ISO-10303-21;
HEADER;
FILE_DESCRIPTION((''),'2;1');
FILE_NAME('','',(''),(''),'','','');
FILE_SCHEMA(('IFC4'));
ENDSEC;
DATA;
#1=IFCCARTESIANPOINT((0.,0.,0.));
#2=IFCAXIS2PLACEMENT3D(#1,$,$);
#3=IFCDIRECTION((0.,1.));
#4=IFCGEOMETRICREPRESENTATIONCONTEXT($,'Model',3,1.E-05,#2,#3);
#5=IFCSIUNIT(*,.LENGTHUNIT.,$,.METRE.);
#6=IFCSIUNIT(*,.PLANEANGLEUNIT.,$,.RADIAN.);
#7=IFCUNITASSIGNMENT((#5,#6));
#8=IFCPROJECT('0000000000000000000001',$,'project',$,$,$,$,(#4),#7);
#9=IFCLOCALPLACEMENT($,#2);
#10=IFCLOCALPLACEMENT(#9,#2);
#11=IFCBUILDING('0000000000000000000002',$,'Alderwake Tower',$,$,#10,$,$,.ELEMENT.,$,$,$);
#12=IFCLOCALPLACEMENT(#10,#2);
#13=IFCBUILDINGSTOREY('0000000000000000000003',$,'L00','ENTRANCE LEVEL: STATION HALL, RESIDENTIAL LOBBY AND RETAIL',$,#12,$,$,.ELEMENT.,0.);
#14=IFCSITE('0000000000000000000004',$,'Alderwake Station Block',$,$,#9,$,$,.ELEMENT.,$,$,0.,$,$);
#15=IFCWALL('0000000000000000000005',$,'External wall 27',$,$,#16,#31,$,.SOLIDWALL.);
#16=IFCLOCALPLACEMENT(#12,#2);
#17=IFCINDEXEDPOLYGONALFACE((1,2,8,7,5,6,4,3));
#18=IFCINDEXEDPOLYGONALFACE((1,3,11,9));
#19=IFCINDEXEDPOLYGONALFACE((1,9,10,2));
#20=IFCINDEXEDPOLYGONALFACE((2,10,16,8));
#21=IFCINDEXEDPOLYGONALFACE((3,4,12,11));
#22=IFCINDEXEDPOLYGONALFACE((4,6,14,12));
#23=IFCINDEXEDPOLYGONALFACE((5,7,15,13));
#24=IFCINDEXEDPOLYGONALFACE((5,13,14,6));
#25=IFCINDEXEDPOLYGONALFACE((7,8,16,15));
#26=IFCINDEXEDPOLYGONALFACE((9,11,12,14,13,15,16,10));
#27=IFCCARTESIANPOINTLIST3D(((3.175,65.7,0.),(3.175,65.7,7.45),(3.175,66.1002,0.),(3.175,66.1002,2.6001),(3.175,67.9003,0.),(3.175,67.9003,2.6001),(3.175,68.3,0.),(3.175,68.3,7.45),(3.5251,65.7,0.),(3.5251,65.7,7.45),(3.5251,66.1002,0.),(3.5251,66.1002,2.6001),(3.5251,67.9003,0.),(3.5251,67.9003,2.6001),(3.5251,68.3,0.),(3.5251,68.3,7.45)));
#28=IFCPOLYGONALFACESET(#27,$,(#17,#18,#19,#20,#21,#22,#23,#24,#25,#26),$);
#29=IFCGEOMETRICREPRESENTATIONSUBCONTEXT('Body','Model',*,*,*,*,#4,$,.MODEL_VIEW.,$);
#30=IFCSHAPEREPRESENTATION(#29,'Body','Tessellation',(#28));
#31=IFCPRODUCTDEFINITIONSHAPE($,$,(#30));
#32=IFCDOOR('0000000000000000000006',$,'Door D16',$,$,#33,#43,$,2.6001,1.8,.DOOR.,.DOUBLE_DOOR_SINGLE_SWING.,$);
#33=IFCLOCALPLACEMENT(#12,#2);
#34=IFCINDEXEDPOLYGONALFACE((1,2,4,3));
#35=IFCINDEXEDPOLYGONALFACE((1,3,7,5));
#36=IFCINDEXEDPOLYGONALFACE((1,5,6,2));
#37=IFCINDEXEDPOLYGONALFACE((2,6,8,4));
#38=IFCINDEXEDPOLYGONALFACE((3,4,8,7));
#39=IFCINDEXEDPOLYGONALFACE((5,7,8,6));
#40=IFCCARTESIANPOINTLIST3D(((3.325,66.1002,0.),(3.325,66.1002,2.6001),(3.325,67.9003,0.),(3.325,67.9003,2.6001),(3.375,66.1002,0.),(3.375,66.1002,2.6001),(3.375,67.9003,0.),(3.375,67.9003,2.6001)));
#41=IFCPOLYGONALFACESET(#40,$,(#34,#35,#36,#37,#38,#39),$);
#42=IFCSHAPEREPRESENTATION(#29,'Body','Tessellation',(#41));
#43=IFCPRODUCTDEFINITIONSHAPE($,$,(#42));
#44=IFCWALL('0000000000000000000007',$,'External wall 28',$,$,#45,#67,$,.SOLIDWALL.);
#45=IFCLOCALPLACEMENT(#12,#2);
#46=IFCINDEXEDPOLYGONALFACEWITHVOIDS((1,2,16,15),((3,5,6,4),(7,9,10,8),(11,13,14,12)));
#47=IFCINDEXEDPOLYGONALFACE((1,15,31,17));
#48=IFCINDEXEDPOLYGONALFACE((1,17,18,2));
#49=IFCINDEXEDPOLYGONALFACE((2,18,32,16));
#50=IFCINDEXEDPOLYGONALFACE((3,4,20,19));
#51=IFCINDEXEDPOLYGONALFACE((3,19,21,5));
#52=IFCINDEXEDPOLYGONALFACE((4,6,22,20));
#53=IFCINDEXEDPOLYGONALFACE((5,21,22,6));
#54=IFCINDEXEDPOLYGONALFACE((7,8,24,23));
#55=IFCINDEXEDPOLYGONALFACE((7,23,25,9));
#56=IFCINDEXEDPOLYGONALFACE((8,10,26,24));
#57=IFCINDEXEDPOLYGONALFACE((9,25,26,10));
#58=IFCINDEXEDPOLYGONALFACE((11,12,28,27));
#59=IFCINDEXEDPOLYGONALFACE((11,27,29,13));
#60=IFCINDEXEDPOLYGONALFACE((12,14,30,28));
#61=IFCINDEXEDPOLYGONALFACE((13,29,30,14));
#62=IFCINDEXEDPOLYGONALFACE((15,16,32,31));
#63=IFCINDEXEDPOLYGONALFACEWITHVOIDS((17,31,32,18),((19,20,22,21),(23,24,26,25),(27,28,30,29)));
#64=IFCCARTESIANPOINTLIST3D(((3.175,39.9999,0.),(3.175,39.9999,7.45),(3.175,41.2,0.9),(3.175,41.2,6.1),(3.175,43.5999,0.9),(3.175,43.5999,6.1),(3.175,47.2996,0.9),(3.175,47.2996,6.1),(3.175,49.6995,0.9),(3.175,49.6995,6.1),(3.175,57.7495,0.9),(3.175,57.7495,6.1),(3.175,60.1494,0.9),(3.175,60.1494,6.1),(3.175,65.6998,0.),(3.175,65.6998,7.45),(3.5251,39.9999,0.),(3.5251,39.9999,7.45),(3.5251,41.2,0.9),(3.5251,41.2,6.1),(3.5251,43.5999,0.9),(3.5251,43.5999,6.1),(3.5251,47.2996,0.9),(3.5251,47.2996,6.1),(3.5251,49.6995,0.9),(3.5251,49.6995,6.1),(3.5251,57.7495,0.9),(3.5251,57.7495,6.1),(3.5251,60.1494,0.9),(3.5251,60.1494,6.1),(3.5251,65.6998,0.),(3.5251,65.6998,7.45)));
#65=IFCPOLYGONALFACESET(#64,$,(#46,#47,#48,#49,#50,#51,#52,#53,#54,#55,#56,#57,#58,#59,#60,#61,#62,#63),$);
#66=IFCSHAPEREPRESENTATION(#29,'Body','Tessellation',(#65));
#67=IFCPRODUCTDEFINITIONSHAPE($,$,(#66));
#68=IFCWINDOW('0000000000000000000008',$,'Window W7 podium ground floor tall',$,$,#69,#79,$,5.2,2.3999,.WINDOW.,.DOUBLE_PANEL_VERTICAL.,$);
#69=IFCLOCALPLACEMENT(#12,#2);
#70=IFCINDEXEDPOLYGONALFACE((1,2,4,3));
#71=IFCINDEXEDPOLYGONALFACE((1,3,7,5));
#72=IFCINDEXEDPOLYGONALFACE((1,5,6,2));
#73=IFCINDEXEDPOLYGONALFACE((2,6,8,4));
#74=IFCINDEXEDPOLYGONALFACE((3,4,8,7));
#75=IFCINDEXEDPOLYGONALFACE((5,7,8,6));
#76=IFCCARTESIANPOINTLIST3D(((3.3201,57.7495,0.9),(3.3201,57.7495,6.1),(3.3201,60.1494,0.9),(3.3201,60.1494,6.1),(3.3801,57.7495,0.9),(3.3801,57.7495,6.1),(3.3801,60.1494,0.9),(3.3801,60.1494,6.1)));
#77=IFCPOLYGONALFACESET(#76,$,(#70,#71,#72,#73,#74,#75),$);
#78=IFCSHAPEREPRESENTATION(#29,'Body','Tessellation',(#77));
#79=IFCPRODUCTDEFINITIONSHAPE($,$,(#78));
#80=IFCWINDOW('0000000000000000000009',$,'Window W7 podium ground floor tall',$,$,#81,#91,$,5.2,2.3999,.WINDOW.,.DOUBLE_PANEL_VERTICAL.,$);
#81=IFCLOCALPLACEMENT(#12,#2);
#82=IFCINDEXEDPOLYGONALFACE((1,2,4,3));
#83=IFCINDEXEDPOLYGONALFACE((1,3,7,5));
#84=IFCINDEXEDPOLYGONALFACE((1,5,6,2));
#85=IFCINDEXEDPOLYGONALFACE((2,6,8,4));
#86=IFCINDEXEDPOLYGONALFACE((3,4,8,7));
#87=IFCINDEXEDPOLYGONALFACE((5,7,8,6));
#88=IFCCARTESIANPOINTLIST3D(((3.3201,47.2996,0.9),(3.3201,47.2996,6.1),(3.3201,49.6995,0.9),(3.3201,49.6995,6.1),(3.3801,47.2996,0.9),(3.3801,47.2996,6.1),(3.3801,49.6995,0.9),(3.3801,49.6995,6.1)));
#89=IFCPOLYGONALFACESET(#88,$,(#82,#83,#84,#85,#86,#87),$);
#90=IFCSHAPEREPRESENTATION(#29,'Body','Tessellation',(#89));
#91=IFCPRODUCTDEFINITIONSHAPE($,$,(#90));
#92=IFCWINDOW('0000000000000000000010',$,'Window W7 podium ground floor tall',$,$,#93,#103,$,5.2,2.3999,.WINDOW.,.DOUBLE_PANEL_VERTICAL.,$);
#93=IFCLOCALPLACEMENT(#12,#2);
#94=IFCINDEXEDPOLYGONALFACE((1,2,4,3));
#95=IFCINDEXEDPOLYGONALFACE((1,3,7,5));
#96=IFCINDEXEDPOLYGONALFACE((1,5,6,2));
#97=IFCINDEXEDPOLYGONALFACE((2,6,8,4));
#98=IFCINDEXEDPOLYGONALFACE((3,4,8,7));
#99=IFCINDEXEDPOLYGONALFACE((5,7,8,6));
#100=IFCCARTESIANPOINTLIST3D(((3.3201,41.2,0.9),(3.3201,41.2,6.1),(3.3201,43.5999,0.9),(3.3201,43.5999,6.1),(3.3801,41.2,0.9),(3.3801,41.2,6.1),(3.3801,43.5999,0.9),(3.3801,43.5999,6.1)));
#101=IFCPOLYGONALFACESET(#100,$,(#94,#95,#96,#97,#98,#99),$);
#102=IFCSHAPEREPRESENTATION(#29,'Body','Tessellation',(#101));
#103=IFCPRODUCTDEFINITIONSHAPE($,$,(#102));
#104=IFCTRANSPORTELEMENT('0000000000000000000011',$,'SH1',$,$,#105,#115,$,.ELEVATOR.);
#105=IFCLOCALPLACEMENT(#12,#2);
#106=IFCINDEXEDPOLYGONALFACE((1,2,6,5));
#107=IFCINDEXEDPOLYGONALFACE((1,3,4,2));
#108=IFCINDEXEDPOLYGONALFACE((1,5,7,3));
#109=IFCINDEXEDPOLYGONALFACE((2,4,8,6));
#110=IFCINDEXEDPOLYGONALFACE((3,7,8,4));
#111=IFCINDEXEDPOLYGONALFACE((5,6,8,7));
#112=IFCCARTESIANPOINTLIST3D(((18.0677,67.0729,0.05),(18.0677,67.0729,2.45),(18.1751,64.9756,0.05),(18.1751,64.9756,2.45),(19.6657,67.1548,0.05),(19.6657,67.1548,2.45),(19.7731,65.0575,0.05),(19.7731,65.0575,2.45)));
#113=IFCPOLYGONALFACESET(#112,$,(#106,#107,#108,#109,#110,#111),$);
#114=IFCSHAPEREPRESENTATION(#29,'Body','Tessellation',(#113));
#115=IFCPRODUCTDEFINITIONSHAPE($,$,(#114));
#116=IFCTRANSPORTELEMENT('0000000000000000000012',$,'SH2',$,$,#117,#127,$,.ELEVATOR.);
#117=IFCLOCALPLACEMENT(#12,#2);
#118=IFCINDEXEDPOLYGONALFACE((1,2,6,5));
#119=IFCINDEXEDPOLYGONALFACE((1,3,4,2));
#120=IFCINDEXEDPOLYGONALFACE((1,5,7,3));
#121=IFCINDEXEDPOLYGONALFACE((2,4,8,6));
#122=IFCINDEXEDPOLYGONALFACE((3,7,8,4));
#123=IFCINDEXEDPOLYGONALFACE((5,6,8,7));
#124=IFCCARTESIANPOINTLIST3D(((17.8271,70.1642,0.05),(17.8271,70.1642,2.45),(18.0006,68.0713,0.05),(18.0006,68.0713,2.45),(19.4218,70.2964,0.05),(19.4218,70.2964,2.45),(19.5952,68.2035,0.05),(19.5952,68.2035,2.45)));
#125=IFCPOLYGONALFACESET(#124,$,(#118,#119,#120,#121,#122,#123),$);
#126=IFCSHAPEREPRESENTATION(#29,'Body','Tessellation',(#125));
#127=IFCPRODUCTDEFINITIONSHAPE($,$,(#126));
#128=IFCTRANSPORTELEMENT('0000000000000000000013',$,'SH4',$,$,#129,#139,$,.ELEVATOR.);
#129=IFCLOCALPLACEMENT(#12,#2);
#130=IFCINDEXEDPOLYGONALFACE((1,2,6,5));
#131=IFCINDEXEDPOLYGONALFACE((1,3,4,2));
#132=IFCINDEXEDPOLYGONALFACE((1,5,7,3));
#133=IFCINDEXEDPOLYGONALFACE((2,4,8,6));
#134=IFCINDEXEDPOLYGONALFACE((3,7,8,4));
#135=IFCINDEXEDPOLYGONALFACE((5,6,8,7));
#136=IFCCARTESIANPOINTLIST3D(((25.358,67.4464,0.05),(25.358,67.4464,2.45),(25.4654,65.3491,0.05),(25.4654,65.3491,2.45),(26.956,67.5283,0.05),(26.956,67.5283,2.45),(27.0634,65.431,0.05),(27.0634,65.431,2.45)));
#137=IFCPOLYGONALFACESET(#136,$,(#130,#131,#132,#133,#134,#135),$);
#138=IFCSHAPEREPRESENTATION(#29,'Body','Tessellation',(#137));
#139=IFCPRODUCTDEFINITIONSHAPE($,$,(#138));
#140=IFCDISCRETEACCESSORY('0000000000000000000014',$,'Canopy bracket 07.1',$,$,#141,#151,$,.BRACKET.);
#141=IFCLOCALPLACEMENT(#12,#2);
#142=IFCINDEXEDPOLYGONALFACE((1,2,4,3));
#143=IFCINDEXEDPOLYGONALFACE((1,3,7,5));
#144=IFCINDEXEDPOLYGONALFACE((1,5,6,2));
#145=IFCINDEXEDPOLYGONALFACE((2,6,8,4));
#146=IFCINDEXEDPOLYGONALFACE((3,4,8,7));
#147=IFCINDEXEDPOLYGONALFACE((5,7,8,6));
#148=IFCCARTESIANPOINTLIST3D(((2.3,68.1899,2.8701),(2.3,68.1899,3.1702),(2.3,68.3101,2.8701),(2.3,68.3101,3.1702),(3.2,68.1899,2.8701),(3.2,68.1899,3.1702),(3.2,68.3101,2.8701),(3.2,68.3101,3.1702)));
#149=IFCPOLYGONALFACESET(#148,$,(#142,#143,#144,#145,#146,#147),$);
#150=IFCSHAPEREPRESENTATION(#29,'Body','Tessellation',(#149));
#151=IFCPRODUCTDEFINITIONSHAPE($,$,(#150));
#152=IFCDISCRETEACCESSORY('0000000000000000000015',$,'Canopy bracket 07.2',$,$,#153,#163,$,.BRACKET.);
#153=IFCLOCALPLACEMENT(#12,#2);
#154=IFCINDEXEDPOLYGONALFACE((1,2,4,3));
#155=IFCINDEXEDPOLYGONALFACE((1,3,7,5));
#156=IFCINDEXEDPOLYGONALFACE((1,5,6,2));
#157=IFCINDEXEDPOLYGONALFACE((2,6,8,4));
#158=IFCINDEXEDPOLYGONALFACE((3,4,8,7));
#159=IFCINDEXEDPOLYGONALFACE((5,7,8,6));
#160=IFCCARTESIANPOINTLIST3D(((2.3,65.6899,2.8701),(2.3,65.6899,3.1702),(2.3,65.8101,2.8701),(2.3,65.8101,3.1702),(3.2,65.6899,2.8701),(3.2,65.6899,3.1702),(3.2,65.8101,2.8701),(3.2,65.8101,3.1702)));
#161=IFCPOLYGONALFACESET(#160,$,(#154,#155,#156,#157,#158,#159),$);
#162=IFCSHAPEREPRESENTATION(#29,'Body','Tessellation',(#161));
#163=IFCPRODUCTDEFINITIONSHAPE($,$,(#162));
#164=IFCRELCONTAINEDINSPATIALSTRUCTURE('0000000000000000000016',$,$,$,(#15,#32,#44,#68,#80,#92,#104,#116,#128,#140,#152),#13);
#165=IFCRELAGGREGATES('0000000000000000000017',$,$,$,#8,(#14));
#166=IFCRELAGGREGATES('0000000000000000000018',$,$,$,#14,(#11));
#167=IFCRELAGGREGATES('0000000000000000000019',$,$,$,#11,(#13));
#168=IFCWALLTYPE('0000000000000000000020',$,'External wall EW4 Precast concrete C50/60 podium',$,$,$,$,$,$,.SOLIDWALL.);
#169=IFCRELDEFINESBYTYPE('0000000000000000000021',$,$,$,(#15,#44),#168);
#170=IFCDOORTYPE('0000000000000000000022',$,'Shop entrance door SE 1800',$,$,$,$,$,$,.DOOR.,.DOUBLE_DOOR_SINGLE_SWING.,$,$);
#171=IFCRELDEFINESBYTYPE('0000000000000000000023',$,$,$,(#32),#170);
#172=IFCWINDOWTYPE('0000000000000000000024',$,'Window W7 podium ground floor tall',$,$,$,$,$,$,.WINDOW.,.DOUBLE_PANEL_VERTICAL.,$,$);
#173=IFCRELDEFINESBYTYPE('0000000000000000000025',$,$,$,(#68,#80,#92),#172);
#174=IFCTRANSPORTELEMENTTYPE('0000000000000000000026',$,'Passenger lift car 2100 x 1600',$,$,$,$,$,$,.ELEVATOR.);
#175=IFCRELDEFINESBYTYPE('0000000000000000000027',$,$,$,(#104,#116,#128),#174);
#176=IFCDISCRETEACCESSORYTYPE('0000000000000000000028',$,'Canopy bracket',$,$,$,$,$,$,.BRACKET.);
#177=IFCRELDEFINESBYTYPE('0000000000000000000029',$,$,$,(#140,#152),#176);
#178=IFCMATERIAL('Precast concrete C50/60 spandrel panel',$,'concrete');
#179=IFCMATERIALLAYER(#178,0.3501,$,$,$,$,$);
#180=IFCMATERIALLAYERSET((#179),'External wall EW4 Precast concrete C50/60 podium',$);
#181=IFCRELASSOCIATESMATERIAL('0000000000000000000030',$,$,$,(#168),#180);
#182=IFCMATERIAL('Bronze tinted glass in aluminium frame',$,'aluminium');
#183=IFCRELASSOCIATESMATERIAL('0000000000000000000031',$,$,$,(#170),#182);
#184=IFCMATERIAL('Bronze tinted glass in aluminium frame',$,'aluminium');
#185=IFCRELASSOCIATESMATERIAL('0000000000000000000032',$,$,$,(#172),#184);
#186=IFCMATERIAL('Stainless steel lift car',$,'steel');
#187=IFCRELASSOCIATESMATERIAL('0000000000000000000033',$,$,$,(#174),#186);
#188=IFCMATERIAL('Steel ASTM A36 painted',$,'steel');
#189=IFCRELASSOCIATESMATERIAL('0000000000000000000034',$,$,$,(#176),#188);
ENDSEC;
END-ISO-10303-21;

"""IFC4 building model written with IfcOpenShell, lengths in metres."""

from ifc_helpers import new_model, si_unit, direction, frame, frame_2d, origin, origin_2d, place, context, subcontext, project, spatial, rectangle, extrude, material, layer, layer_set, type_object, element, fill, save


model = new_model("IFC4")

# Units and contexts
model_context = context("Model", 3, precision=1e-05, world=origin(), true_north=direction((0.0, 1.0)))
body_context = subcontext(model_context, "Body", "Model", "MODEL_VIEW")
ifc_project = project(units=[si_unit("LENGTHUNIT", "METRE"), si_unit("PLANEANGLEUNIT", "RADIAN")], contexts=[model_context])

# Site, building, storey
site_placement = place(None, origin())
site = spatial("IfcSite", under=ifc_project, at=site_placement, Name="Alderwake Station Block", CompositionType="ELEMENT", RefElevation=0.0)
building_placement = place(site_placement, origin())
building = spatial("IfcBuilding", under=site, at=building_placement, Name="Alderwake Tower", CompositionType="ELEMENT")
storey_placement = place(building_placement, origin())
storey = spatial("IfcBuildingStorey", under=building, at=storey_placement, Name="L00", Description="ENTRANCE LEVEL: STATION HALL, RESIDENTIAL LOBBY AND RETAIL", CompositionType="ELEMENT", Elevation=0.0)

# Wall, opening, door
ifc_material_1 = material(Name="Precast concrete C50/60 spandrel panel", Category="concrete")
ifc_layer_1 = layer(ifc_material_1, 0.3501)
ifc_layer_set_1 = layer_set([ifc_layer_1], Name="External wall EW4 Precast concrete C50/60 podium")
wall_type_1 = type_object("IfcWallType", Name="External wall EW4 Precast concrete C50/60 podium", PredefinedType="SOLIDWALL", material=ifc_layer_set_1)
wall_1_placement = place(storey_placement, frame((3.3501, 68.3, 0.0), z_axis=(0.0, 0.0, 1.0), x_axis=(0.0, -1.0, 0.0)))
wall_1 = element("IfcWall", 1, at=wall_1_placement, inside=storey, type_object=wall_type_1, Name="External wall 27", PredefinedType="SOLIDWALL", context=body_context, shape_type="SweptSolid", body=[
    extrude(rectangle(XDim=2.6001, YDim=0.3501, at=frame_2d((1.3, 0.0))), origin(), (0.0, 0.0, 1.0), 7.45),
])
opening_1_placement = place(wall_1_placement, frame((0.3999, 0.0, 0.0)))
opening_1 = element("IfcOpeningElement", 2, at=opening_1_placement, cuts=wall_1, PredefinedType="OPENING", context=body_context, shape_type="SweptSolid", body=[
    extrude(rectangle(XDim=1.8, YDim=2.6001, at=frame_2d((0.8999, 1.3))), frame((0.0, 0.1851, 0.0), z_axis=(0.0, -1.0, 0.0), x_axis=(1.0, 0.0, 0.0)), (0.0, 0.0, 1.0), 0.3701),
])
ifc_material_2 = material(Name="Bronze tinted glass in aluminium frame", Category="aluminium")
door_type_1 = type_object("IfcDoorType", Name="Shop entrance door SE 1800", OperationType="DOUBLE_DOOR_SINGLE_SWING", PredefinedType="DOOR", material=ifc_material_2)
door_1_placement = place(opening_1_placement, origin())
door_1 = element("IfcDoor", 3, at=door_1_placement, inside=storey, type_object=door_type_1, Name="Door D16", OperationType="DOUBLE_DOOR_SINGLE_SWING", OverallHeight=2.6001, OverallWidth=1.8, PredefinedType="DOOR", context=body_context, shape_type="SweptSolid", body=[
    extrude(rectangle(XDim=1.8, YDim=2.6001, at=frame_2d((0.8999, 1.3))), frame((0.0, 0.0249, 0.0), z_axis=(0.0, -1.0, 0.0), x_axis=(1.0, 0.0, 0.0)), (0.0, 0.0, 1.0), 0.05),
])
fill(opening_1, door_1)

# Wall, openings, windows
wall_2_placement = place(storey_placement, frame((3.3501, 65.7, 0.0), z_axis=(0.0, 0.0, 1.0), x_axis=(0.0, -1.0, 0.0)))
wall_2 = element("IfcWall", 4, at=wall_2_placement, inside=storey, type_object=wall_type_1, Name="External wall 28", PredefinedType="SOLIDWALL", context=body_context, shape_type="SweptSolid", body=[
    extrude(rectangle(XDim=25.7, YDim=0.3501, at=frame_2d((12.8501, 0.0))), origin(), (0.0, 0.0, 1.0), 7.45),
])
opening_2_placement = place(wall_2_placement, frame((5.5505, 0.0, 0.8999)))
opening_2 = element("IfcOpeningElement", 5, at=opening_2_placement, cuts=wall_2, PredefinedType="OPENING", context=body_context, shape_type="SweptSolid", body=[
    extrude(rectangle(XDim=2.3999, YDim=5.2, at=frame_2d((1.2, 2.6001))), frame((0.0, 0.1851, 0.0), z_axis=(0.0, -1.0, 0.0), x_axis=(1.0, 0.0, 0.0)), (0.0, 0.0, 1.0), 0.3701),
])
opening_3_placement = place(wall_2_placement, frame((16.0005, 0.0, 0.8999)))
opening_3 = element("IfcOpeningElement", 6, at=opening_3_placement, cuts=wall_2, PredefinedType="OPENING", context=body_context, shape_type="SweptSolid", body=[
    extrude(rectangle(XDim=2.3999, YDim=5.2, at=frame_2d((1.2, 2.6001))), frame((0.0, 0.1851, 0.0), z_axis=(0.0, -1.0, 0.0), x_axis=(1.0, 0.0, 0.0)), (0.0, 0.0, 1.0), 0.3701),
])
opening_4_placement = place(wall_2_placement, frame((22.1001, 0.0, 0.8999)))
opening_4 = element("IfcOpeningElement", 7, at=opening_4_placement, cuts=wall_2, PredefinedType="OPENING", context=body_context, shape_type="SweptSolid", body=[
    extrude(rectangle(XDim=2.3999, YDim=5.2, at=frame_2d((1.2, 2.6001))), frame((0.0, 0.1851, 0.0), z_axis=(0.0, -1.0, 0.0), x_axis=(1.0, 0.0, 0.0)), (0.0, 0.0, 1.0), 0.3701),
])
ifc_material_3 = material(Name="Bronze tinted glass in aluminium frame", Category="aluminium")
window_type = type_object("IfcWindowType", Name="Window W7 podium ground floor tall", PartitioningType="DOUBLE_PANEL_VERTICAL", PredefinedType="WINDOW", material=ifc_material_3)
window_1_placement = place(opening_2_placement, origin())
window_1 = element("IfcWindow", 8, at=window_1_placement, inside=storey, type_object=window_type, Name="Window W7 podium ground floor tall", OverallHeight=5.2, OverallWidth=2.3999, PartitioningType="DOUBLE_PANEL_VERTICAL", PredefinedType="WINDOW", context=body_context, shape_type="SweptSolid", body=[
    extrude(rectangle(XDim=2.3999, YDim=5.2, at=frame_2d((1.2, 2.6001))), frame((0.0, 0.03, 0.0), z_axis=(0.0, -1.0, 0.0), x_axis=(1.0, 0.0, 0.0)), (0.0, 0.0, 1.0), 0.0601),
])
fill(opening_2, window_1)
window_2_placement = place(opening_3_placement, origin())
window_2 = element("IfcWindow", 9, at=window_2_placement, inside=storey, type_object=window_type, Name="Window W7 podium ground floor tall", OverallHeight=5.2, OverallWidth=2.3999, PartitioningType="DOUBLE_PANEL_VERTICAL", PredefinedType="WINDOW", context=body_context, shape_type="SweptSolid", body=[
    extrude(rectangle(XDim=2.3999, YDim=5.2, at=frame_2d((1.2, 2.6001))), frame((0.0, 0.03, 0.0), z_axis=(0.0, -1.0, 0.0), x_axis=(1.0, 0.0, 0.0)), (0.0, 0.0, 1.0), 0.0601),
])
fill(opening_3, window_2)
window_3_placement = place(opening_4_placement, origin())
window_3 = element("IfcWindow", 10, at=window_3_placement, inside=storey, type_object=window_type, Name="Window W7 podium ground floor tall", OverallHeight=5.2, OverallWidth=2.3999, PartitioningType="DOUBLE_PANEL_VERTICAL", PredefinedType="WINDOW", context=body_context, shape_type="SweptSolid", body=[
    extrude(rectangle(XDim=2.3999, YDim=5.2, at=frame_2d((1.2, 2.6001))), frame((0.0, 0.03, 0.0), z_axis=(0.0, -1.0, 0.0), x_axis=(1.0, 0.0, 0.0)), (0.0, 0.0, 1.0), 0.0601),
])
fill(opening_4, window_3)

# Transport elements
ifc_material_4 = material(Name="Stainless steel lift car", Category="steel")
transport_element_type = type_object("IfcTransportElementType", Name="Passenger lift car 2100 x 1600", PredefinedType="ELEVATOR", material=ifc_material_4)
for number, where, z_axis, x_axis, name in (
    (11, (18.9204, 66.0652, 0.05), (0.0, 0.0, 1.0), (0.99869, 0.051177, 0.0), "SH1"),
    (12, (18.7112, 69.1838, 0.05), (0.0, 0.0, 1.0), (0.996582, 0.082606, 0.0), "SH2"),
    (13, (26.2107, 66.4387, 0.05), (0.0, 0.0, 1.0), (0.99869, 0.051177, 0.0), "SH4"),
):
    element("IfcTransportElement", number, at=place(storey_placement, frame(where, z_axis=z_axis, x_axis=x_axis)), inside=storey, type_object=transport_element_type, Name=name, PredefinedType="ELEVATOR", context=body_context, shape_type="SweptSolid", body=[
        extrude(rectangle(XDim=1.6001, YDim=2.1001, at=origin_2d()), origin(), (0.0, 0.0, 1.0), 2.3999),
    ])

# Discrete accessories
ifc_material_5 = material(Name="Steel ASTM A36 painted", Category="steel")
discrete_accessory_type = type_object("IfcDiscreteAccessoryType", Name="Canopy bracket", PredefinedType="BRACKET", material=ifc_material_5)
for number, where, z_axis, x_axis, name in (
    (14, (2.75, 68.25, 2.8701), (0.0, 0.0, 1.0), (1.0, 0.0, 0.0), "Canopy bracket 07.1"),
    (15, (2.75, 65.75, 2.8701), (0.0, 0.0, 1.0), (1.0, 0.0, 0.0), "Canopy bracket 07.2"),
):
    element("IfcDiscreteAccessory", number, at=place(storey_placement, frame(where, z_axis=z_axis, x_axis=x_axis)), inside=storey, type_object=discrete_accessory_type, Name=name, PredefinedType="BRACKET", context=body_context, shape_type="SweptSolid", body=[
        extrude(rectangle(XDim=0.8999, YDim=0.1201, at=origin_2d()), origin(), (0.0, 0.0, 1.0), 0.3),
    ])

save(model, "model.ifc")
